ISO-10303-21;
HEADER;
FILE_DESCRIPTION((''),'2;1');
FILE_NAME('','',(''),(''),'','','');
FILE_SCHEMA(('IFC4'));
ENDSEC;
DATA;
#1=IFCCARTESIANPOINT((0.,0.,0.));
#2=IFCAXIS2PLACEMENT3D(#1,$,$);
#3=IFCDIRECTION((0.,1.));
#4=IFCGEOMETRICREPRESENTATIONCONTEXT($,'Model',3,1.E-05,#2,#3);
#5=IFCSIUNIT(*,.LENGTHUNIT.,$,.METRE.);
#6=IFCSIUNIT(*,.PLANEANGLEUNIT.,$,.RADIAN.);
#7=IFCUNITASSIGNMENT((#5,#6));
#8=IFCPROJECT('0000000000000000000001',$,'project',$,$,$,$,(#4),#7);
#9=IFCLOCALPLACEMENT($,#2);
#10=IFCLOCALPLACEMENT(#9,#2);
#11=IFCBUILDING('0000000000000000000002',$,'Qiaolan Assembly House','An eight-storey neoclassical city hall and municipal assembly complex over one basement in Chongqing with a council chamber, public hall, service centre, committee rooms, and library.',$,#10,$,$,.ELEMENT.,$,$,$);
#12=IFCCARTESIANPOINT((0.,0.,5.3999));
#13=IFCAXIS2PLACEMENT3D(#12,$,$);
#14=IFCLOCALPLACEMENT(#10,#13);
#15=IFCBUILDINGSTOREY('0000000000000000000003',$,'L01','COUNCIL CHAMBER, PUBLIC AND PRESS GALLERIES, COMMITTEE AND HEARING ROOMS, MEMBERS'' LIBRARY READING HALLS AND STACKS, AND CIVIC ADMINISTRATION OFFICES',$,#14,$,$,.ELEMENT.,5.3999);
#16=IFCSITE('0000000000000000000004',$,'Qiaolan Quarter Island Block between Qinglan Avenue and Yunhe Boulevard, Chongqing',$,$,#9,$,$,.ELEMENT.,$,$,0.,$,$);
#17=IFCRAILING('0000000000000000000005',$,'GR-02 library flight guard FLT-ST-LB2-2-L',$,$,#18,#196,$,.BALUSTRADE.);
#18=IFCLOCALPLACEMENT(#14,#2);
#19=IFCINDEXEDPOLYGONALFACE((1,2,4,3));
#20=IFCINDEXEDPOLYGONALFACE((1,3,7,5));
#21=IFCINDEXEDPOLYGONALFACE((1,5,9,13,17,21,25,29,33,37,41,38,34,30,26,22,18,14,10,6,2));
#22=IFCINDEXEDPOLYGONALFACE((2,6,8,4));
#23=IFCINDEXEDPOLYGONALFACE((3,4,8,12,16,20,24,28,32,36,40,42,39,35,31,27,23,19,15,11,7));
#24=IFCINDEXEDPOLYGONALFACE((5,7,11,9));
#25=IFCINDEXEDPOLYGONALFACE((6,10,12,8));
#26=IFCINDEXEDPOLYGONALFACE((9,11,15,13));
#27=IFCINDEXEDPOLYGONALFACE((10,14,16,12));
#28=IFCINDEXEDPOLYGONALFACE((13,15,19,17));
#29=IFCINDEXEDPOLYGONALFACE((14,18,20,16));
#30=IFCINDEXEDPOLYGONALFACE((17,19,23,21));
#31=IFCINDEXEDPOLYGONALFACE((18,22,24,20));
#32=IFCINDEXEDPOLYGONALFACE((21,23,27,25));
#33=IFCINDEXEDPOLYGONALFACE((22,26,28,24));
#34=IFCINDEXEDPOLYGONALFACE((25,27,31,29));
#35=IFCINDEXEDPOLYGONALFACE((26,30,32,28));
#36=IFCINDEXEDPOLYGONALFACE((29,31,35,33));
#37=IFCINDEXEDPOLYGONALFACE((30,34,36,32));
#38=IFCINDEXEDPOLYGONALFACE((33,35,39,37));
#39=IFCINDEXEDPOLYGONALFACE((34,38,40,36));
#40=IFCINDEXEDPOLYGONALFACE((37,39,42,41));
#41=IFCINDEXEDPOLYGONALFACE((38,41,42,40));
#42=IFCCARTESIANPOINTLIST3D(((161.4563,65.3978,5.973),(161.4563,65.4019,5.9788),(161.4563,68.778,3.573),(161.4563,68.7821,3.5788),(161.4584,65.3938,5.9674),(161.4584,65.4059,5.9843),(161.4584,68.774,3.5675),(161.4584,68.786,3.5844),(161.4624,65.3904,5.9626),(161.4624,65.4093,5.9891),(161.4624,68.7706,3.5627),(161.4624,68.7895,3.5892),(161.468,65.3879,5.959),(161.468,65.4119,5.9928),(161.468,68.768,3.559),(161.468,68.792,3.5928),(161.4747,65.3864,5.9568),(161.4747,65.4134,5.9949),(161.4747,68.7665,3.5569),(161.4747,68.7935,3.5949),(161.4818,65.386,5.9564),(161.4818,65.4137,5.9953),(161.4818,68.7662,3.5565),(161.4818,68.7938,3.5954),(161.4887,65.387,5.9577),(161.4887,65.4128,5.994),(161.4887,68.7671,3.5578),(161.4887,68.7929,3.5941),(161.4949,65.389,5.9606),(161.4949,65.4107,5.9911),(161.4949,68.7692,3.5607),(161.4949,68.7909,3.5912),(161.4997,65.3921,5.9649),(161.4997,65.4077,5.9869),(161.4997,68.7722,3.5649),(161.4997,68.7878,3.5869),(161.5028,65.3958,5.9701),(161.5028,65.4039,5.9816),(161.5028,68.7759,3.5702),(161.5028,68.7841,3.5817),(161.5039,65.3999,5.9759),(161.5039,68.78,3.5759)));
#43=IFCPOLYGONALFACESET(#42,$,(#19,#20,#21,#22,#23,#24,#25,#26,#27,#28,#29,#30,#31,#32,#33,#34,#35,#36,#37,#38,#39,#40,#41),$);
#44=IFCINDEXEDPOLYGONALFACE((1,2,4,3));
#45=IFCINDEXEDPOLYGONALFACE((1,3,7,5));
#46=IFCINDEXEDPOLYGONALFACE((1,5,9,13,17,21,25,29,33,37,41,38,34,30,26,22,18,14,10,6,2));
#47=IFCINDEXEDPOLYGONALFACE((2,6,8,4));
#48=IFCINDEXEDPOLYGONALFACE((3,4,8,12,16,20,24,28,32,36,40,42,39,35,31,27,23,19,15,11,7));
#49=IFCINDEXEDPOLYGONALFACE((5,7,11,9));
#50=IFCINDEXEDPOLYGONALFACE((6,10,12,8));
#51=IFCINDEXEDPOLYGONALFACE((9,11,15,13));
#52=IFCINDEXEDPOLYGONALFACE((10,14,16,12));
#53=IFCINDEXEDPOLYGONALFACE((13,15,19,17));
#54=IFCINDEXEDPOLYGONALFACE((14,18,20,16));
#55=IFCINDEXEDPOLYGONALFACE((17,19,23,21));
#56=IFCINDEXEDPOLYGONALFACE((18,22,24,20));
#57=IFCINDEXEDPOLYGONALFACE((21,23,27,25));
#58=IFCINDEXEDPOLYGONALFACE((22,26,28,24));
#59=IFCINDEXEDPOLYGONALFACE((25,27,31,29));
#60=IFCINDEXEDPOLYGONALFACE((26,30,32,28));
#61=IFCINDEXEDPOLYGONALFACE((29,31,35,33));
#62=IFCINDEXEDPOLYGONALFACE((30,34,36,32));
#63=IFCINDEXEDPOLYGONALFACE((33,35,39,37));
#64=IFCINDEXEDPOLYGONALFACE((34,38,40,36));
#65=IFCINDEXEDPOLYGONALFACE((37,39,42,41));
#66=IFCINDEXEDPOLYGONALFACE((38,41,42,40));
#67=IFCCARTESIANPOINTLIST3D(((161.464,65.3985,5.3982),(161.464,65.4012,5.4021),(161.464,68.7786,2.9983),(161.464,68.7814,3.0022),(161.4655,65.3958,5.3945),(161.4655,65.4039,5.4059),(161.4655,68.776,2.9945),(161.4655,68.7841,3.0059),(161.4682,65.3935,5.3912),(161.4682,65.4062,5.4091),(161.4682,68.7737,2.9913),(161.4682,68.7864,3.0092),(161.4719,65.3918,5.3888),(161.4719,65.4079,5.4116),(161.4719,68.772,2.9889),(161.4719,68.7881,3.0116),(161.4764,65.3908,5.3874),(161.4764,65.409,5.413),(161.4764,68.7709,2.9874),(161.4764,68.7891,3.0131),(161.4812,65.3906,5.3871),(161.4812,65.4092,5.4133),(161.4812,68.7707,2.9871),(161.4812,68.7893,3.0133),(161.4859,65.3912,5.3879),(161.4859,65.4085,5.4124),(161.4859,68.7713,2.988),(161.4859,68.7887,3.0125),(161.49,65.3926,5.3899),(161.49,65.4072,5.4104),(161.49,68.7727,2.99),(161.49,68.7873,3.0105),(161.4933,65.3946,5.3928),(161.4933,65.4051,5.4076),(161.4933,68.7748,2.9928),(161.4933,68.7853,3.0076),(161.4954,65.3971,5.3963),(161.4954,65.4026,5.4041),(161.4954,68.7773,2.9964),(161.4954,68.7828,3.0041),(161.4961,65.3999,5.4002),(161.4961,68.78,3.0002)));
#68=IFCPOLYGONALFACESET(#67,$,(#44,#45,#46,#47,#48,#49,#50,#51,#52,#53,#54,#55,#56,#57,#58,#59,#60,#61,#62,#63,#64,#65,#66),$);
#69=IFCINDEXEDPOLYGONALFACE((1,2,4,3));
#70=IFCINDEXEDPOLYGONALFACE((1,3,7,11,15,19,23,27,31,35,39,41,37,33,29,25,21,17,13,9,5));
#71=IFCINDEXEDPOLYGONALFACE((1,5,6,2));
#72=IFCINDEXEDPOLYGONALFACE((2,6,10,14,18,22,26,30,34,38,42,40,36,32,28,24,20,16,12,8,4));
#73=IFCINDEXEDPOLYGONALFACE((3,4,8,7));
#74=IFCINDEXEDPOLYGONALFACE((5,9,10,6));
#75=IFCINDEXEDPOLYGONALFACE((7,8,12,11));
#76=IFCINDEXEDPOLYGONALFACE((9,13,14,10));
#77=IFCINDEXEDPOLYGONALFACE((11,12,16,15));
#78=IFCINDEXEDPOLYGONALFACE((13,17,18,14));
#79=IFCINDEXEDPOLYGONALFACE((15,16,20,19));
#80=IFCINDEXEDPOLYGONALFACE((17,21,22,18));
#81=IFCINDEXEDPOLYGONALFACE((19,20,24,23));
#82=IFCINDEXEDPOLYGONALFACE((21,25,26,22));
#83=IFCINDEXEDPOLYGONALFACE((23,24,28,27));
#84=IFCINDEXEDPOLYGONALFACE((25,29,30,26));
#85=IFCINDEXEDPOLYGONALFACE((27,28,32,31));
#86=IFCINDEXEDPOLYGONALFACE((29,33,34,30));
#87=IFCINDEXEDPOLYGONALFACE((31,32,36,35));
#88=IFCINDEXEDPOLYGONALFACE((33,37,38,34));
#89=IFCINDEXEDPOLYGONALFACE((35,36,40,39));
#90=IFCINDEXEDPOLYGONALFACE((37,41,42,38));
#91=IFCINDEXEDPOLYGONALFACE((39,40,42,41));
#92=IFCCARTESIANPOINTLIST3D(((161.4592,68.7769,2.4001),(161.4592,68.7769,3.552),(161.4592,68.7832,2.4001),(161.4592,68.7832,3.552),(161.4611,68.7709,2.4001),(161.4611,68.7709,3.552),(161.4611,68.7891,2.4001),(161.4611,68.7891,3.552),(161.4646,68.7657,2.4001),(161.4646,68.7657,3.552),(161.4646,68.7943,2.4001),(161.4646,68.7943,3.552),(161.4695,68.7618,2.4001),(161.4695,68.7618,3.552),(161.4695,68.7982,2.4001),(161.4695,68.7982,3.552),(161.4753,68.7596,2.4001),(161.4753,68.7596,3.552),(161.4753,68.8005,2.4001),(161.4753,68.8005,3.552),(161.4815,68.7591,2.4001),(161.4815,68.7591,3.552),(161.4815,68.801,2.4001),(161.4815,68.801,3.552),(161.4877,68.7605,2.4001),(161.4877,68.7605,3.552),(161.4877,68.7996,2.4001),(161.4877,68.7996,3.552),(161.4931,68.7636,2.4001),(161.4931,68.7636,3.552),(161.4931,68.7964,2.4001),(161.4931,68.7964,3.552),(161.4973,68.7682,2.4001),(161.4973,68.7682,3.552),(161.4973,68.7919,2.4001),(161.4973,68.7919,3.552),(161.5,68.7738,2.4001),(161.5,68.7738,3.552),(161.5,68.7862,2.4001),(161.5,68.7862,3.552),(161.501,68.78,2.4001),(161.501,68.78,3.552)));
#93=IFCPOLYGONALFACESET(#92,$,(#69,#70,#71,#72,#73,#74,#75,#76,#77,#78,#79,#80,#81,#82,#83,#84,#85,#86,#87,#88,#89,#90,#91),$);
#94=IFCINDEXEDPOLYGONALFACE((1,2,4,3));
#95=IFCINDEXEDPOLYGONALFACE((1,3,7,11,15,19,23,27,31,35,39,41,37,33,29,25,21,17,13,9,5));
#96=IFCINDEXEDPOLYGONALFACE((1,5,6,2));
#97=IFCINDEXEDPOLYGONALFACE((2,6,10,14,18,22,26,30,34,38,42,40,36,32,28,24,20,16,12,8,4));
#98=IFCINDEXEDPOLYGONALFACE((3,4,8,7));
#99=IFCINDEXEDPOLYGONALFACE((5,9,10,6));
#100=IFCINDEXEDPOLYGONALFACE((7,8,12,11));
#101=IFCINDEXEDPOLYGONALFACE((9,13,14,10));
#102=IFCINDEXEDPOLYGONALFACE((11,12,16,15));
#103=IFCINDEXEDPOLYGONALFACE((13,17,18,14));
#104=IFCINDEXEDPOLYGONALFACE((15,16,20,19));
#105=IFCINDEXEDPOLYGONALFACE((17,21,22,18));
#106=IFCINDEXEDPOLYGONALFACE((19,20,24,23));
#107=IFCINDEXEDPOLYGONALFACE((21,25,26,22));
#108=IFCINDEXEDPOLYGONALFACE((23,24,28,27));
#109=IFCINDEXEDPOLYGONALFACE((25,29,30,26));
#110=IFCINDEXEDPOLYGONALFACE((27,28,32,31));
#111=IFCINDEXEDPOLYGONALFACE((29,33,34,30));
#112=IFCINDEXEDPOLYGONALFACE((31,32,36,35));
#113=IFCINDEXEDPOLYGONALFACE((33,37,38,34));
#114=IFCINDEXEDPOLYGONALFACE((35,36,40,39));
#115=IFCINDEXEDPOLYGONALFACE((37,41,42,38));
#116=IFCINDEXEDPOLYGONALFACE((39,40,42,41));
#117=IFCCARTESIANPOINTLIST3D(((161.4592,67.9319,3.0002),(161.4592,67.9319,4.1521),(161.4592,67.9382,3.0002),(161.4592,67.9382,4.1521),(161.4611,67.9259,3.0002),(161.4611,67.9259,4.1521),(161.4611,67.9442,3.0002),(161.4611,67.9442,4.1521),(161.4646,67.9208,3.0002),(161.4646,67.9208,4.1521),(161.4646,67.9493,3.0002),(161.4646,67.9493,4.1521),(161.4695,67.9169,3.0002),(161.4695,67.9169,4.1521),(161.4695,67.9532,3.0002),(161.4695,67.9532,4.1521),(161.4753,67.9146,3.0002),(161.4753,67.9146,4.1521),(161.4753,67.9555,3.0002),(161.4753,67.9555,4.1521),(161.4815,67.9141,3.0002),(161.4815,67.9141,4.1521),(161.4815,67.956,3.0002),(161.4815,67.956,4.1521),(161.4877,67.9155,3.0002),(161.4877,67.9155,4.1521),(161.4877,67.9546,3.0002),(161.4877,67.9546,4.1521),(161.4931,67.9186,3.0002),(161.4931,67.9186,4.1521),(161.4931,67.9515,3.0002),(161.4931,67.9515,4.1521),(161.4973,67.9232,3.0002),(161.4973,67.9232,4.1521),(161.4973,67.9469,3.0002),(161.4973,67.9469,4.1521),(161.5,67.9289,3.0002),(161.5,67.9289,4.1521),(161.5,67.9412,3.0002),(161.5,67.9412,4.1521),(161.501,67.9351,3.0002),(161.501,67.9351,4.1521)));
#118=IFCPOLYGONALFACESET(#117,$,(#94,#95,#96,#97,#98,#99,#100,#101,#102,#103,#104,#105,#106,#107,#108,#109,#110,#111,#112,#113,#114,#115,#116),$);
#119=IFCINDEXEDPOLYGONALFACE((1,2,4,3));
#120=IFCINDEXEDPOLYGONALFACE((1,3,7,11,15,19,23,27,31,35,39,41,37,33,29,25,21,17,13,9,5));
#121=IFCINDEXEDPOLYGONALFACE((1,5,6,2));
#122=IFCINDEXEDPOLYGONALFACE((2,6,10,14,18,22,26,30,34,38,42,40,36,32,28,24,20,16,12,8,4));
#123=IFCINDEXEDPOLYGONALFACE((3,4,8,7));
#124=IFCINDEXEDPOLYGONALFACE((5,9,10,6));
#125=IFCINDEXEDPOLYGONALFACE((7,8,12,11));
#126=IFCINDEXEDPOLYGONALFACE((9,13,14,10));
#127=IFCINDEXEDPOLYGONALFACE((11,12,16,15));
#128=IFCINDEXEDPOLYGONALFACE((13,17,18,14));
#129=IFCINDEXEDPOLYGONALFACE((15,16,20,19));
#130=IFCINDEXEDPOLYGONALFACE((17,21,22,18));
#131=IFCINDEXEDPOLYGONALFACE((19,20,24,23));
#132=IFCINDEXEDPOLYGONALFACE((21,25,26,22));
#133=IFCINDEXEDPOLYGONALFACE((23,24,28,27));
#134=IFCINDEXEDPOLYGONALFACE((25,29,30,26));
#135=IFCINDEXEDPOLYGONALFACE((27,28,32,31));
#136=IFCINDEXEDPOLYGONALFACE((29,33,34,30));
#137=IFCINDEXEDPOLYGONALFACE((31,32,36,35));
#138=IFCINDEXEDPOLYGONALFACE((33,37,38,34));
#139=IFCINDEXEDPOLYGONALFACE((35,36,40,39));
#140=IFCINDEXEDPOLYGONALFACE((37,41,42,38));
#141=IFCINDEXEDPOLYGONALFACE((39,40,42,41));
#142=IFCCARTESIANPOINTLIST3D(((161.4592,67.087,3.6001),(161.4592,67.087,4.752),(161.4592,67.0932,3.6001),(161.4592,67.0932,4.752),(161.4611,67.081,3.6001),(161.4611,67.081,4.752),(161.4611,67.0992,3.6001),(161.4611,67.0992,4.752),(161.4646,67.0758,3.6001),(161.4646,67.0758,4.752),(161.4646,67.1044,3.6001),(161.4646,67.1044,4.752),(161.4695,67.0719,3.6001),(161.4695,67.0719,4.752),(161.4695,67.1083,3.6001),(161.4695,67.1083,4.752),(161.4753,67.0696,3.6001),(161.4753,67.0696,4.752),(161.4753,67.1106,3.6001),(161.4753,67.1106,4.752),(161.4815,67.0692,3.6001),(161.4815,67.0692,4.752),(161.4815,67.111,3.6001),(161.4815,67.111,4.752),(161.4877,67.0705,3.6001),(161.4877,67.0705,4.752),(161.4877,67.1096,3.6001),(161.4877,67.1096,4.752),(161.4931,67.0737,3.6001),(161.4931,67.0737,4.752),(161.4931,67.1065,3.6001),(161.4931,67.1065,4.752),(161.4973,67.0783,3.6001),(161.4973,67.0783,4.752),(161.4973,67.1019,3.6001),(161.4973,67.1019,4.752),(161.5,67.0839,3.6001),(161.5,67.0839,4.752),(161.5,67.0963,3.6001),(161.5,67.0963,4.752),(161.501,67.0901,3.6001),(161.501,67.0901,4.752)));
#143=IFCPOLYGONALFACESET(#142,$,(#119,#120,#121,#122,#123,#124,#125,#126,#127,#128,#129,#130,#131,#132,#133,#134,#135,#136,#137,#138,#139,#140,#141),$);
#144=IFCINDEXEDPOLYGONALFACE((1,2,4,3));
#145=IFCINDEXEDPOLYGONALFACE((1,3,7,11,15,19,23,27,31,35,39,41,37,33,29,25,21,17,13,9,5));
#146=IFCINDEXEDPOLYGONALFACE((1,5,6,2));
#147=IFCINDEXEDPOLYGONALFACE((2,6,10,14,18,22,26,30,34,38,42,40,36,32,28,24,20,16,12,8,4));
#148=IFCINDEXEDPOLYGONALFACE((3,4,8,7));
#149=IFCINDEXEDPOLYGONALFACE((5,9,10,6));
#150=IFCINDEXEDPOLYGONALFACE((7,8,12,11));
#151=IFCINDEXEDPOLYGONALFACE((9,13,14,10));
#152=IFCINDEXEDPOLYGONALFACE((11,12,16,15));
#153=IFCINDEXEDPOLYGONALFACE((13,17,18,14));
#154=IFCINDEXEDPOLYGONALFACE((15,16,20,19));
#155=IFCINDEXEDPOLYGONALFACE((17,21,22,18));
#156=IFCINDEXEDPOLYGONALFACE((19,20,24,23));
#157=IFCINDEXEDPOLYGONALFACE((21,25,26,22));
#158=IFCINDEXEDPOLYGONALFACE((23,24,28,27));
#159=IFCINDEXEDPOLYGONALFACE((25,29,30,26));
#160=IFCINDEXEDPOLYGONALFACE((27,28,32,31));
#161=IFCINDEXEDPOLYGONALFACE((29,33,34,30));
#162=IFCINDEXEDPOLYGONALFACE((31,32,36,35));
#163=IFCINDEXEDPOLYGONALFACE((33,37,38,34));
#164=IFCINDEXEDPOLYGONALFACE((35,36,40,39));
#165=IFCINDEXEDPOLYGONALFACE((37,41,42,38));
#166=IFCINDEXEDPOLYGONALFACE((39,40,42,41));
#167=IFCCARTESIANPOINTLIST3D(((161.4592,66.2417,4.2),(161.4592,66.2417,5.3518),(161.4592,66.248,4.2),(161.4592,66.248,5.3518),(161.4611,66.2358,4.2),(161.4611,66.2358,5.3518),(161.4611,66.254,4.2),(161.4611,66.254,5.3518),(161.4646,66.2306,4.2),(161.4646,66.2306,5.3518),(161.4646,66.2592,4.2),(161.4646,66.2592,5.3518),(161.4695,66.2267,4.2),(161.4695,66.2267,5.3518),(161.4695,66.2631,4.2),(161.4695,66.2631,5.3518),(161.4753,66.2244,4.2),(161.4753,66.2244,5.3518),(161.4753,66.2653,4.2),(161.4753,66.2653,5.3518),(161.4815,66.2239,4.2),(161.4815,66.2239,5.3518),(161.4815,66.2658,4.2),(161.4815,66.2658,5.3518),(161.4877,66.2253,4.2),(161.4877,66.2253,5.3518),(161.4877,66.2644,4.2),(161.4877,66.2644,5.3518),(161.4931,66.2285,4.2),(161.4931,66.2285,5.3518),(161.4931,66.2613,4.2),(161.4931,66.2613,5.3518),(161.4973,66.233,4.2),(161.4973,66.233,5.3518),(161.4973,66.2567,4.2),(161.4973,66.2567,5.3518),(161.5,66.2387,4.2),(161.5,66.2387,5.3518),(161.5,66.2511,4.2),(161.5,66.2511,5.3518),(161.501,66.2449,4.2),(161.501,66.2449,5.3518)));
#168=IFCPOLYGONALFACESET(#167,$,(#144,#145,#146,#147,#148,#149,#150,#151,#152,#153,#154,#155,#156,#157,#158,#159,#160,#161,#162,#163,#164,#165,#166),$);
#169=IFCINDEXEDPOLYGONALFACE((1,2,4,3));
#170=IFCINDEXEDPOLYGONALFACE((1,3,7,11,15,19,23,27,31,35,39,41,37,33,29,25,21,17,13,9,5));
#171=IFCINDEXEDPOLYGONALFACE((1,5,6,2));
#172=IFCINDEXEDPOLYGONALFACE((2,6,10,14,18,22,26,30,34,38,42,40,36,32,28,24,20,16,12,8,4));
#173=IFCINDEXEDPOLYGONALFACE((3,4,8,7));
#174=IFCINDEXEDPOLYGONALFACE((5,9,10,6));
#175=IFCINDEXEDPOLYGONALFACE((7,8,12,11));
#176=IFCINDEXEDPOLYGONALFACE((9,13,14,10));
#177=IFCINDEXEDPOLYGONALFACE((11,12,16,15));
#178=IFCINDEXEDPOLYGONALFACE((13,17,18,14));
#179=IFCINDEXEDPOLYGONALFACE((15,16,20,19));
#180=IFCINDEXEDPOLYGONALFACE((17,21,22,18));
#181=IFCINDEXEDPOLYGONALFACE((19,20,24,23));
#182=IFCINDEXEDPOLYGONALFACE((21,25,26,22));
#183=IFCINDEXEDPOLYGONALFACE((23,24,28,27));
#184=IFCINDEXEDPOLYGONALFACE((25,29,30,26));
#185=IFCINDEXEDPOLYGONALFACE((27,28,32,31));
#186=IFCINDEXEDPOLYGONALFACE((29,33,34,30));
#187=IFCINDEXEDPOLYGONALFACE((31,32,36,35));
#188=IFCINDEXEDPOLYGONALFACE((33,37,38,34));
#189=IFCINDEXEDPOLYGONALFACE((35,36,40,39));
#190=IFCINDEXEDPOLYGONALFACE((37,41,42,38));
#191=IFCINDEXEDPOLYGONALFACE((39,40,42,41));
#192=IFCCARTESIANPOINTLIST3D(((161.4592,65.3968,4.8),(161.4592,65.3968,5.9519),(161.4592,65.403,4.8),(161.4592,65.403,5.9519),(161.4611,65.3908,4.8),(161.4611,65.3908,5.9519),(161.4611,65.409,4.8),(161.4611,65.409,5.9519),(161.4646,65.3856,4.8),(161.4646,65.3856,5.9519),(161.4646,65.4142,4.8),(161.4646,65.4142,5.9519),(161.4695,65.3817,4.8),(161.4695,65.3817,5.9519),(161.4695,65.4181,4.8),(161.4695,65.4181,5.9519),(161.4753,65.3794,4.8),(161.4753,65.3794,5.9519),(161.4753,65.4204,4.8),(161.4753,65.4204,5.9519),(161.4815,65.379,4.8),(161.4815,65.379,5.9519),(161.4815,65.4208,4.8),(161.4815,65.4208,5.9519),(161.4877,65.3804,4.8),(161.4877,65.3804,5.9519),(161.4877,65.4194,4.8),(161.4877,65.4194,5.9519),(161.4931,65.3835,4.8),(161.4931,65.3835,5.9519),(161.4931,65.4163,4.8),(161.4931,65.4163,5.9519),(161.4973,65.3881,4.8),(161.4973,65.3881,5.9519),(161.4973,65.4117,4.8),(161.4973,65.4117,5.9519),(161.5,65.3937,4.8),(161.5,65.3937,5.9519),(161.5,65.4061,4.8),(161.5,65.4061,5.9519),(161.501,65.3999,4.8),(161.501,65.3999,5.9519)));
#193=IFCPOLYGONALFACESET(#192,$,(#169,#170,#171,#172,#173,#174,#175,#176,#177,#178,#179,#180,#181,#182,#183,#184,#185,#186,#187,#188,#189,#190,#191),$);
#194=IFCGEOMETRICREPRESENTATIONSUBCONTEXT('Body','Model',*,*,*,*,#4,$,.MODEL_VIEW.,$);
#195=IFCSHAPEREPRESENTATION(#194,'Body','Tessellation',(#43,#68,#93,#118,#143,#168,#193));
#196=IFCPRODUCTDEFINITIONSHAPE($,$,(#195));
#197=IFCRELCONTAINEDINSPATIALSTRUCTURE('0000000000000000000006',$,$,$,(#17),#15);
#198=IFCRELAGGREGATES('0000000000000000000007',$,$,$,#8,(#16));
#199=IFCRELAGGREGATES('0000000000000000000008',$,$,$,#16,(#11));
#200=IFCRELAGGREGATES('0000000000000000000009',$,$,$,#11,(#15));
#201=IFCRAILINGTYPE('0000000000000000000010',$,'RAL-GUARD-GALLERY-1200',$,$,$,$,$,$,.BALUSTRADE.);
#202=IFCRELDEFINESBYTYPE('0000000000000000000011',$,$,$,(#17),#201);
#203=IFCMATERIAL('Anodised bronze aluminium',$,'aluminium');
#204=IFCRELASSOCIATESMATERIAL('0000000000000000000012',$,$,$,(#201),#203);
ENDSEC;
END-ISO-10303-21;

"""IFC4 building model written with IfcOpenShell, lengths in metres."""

from ifc_helpers import new_model, si_unit, direction, frame, origin, origin_2d, place, context, subcontext, project, spatial, circle, extrude, material, type_object, element, save


model = new_model("IFC4")

# Units and contexts
model_context = context("Model", 3, precision=1e-05, world=origin(), true_north=direction((0.0, 1.0)))
body_context = subcontext(model_context, "Body", "Model", "MODEL_VIEW")
ifc_project = project(units=[si_unit("LENGTHUNIT", "METRE"), si_unit("PLANEANGLEUNIT", "RADIAN")], contexts=[model_context])

# Site, building, storey
site_placement = place(None, origin())
site = spatial("IfcSite", under=ifc_project, at=site_placement, Name="Qiaolan Quarter Island Block between Qinglan Avenue and Yunhe Boulevard, Chongqing", CompositionType="ELEMENT", RefElevation=0.0)
building_placement = place(site_placement, origin())
building = spatial("IfcBuilding", under=site, at=building_placement, Name="Qiaolan Assembly House", Description="An eight-storey neoclassical city hall and municipal assembly complex over one basement in Chongqing with a council chamber, public hall, service centre, committee rooms, and library.", CompositionType="ELEMENT")
storey_placement = place(building_placement, frame((0.0, 0.0, 5.3999)))
storey = spatial("IfcBuildingStorey", under=building, at=storey_placement, Name="L01", Description="COUNCIL CHAMBER, PUBLIC AND PRESS GALLERIES, COMMITTEE AND HEARING ROOMS, MEMBERS' LIBRARY READING HALLS AND STACKS, AND CIVIC ADMINISTRATION OFFICES", CompositionType="ELEMENT", Elevation=5.3999)

# Railing
ifc_material_1 = material(Name="Anodised bronze aluminium", Category="aluminium")
railing_type = type_object("IfcRailingType", Name="RAL-GUARD-GALLERY-1200", PredefinedType="BALUSTRADE", material=ifc_material_1)
railing_1_placement = place(storey_placement, frame((161.48, 68.78, 2.4001)))
element("IfcRailing", 1, at=railing_1_placement, inside=storey, type_object=railing_type, Name="GR-02 library flight guard FLT-ST-LB2-2-L", PredefinedType="BALUSTRADE", context=body_context, shape_type="SweptSolid", body=[
    extrude(circle(Radius=0.0239, at=origin_2d()), frame((0.0, 0.0, 1.1758), z_axis=(0.0, -0.815382, 0.578924), x_axis=(1.0, 0.0, 0.0)), (0.0, 0.0, 1.0), 4.1455),
    extrude(circle(Radius=0.0161, at=origin_2d()), frame((0.0, 0.0, 0.6001), z_axis=(0.0, -0.815382, 0.578924), x_axis=(1.0, 0.0, 0.0)), (0.0, 0.0, 1.0), 4.1455),
    extrude(circle(Radius=0.021, at=origin_2d()), origin(), (0.0, 0.0, 1.0), 1.1519),
    extrude(circle(Radius=0.021, at=origin_2d()), frame((0.0, -0.845, 0.6001)), (0.0, 0.0, 1.0), 1.1519),
    extrude(circle(Radius=0.021, at=origin_2d()), frame((0.0, -1.6899, 1.2)), (0.0, 0.0, 1.0), 1.1519),
    extrude(circle(Radius=0.021, at=origin_2d()), frame((0.0, -2.5352, 1.7998)), (0.0, 0.0, 1.0), 1.1519),
    extrude(circle(Radius=0.021, at=origin_2d()), frame((0.0, -3.3801, 2.3999)), (0.0, 0.0, 1.0), 1.1519),
])

save(model, "model.ifc")
